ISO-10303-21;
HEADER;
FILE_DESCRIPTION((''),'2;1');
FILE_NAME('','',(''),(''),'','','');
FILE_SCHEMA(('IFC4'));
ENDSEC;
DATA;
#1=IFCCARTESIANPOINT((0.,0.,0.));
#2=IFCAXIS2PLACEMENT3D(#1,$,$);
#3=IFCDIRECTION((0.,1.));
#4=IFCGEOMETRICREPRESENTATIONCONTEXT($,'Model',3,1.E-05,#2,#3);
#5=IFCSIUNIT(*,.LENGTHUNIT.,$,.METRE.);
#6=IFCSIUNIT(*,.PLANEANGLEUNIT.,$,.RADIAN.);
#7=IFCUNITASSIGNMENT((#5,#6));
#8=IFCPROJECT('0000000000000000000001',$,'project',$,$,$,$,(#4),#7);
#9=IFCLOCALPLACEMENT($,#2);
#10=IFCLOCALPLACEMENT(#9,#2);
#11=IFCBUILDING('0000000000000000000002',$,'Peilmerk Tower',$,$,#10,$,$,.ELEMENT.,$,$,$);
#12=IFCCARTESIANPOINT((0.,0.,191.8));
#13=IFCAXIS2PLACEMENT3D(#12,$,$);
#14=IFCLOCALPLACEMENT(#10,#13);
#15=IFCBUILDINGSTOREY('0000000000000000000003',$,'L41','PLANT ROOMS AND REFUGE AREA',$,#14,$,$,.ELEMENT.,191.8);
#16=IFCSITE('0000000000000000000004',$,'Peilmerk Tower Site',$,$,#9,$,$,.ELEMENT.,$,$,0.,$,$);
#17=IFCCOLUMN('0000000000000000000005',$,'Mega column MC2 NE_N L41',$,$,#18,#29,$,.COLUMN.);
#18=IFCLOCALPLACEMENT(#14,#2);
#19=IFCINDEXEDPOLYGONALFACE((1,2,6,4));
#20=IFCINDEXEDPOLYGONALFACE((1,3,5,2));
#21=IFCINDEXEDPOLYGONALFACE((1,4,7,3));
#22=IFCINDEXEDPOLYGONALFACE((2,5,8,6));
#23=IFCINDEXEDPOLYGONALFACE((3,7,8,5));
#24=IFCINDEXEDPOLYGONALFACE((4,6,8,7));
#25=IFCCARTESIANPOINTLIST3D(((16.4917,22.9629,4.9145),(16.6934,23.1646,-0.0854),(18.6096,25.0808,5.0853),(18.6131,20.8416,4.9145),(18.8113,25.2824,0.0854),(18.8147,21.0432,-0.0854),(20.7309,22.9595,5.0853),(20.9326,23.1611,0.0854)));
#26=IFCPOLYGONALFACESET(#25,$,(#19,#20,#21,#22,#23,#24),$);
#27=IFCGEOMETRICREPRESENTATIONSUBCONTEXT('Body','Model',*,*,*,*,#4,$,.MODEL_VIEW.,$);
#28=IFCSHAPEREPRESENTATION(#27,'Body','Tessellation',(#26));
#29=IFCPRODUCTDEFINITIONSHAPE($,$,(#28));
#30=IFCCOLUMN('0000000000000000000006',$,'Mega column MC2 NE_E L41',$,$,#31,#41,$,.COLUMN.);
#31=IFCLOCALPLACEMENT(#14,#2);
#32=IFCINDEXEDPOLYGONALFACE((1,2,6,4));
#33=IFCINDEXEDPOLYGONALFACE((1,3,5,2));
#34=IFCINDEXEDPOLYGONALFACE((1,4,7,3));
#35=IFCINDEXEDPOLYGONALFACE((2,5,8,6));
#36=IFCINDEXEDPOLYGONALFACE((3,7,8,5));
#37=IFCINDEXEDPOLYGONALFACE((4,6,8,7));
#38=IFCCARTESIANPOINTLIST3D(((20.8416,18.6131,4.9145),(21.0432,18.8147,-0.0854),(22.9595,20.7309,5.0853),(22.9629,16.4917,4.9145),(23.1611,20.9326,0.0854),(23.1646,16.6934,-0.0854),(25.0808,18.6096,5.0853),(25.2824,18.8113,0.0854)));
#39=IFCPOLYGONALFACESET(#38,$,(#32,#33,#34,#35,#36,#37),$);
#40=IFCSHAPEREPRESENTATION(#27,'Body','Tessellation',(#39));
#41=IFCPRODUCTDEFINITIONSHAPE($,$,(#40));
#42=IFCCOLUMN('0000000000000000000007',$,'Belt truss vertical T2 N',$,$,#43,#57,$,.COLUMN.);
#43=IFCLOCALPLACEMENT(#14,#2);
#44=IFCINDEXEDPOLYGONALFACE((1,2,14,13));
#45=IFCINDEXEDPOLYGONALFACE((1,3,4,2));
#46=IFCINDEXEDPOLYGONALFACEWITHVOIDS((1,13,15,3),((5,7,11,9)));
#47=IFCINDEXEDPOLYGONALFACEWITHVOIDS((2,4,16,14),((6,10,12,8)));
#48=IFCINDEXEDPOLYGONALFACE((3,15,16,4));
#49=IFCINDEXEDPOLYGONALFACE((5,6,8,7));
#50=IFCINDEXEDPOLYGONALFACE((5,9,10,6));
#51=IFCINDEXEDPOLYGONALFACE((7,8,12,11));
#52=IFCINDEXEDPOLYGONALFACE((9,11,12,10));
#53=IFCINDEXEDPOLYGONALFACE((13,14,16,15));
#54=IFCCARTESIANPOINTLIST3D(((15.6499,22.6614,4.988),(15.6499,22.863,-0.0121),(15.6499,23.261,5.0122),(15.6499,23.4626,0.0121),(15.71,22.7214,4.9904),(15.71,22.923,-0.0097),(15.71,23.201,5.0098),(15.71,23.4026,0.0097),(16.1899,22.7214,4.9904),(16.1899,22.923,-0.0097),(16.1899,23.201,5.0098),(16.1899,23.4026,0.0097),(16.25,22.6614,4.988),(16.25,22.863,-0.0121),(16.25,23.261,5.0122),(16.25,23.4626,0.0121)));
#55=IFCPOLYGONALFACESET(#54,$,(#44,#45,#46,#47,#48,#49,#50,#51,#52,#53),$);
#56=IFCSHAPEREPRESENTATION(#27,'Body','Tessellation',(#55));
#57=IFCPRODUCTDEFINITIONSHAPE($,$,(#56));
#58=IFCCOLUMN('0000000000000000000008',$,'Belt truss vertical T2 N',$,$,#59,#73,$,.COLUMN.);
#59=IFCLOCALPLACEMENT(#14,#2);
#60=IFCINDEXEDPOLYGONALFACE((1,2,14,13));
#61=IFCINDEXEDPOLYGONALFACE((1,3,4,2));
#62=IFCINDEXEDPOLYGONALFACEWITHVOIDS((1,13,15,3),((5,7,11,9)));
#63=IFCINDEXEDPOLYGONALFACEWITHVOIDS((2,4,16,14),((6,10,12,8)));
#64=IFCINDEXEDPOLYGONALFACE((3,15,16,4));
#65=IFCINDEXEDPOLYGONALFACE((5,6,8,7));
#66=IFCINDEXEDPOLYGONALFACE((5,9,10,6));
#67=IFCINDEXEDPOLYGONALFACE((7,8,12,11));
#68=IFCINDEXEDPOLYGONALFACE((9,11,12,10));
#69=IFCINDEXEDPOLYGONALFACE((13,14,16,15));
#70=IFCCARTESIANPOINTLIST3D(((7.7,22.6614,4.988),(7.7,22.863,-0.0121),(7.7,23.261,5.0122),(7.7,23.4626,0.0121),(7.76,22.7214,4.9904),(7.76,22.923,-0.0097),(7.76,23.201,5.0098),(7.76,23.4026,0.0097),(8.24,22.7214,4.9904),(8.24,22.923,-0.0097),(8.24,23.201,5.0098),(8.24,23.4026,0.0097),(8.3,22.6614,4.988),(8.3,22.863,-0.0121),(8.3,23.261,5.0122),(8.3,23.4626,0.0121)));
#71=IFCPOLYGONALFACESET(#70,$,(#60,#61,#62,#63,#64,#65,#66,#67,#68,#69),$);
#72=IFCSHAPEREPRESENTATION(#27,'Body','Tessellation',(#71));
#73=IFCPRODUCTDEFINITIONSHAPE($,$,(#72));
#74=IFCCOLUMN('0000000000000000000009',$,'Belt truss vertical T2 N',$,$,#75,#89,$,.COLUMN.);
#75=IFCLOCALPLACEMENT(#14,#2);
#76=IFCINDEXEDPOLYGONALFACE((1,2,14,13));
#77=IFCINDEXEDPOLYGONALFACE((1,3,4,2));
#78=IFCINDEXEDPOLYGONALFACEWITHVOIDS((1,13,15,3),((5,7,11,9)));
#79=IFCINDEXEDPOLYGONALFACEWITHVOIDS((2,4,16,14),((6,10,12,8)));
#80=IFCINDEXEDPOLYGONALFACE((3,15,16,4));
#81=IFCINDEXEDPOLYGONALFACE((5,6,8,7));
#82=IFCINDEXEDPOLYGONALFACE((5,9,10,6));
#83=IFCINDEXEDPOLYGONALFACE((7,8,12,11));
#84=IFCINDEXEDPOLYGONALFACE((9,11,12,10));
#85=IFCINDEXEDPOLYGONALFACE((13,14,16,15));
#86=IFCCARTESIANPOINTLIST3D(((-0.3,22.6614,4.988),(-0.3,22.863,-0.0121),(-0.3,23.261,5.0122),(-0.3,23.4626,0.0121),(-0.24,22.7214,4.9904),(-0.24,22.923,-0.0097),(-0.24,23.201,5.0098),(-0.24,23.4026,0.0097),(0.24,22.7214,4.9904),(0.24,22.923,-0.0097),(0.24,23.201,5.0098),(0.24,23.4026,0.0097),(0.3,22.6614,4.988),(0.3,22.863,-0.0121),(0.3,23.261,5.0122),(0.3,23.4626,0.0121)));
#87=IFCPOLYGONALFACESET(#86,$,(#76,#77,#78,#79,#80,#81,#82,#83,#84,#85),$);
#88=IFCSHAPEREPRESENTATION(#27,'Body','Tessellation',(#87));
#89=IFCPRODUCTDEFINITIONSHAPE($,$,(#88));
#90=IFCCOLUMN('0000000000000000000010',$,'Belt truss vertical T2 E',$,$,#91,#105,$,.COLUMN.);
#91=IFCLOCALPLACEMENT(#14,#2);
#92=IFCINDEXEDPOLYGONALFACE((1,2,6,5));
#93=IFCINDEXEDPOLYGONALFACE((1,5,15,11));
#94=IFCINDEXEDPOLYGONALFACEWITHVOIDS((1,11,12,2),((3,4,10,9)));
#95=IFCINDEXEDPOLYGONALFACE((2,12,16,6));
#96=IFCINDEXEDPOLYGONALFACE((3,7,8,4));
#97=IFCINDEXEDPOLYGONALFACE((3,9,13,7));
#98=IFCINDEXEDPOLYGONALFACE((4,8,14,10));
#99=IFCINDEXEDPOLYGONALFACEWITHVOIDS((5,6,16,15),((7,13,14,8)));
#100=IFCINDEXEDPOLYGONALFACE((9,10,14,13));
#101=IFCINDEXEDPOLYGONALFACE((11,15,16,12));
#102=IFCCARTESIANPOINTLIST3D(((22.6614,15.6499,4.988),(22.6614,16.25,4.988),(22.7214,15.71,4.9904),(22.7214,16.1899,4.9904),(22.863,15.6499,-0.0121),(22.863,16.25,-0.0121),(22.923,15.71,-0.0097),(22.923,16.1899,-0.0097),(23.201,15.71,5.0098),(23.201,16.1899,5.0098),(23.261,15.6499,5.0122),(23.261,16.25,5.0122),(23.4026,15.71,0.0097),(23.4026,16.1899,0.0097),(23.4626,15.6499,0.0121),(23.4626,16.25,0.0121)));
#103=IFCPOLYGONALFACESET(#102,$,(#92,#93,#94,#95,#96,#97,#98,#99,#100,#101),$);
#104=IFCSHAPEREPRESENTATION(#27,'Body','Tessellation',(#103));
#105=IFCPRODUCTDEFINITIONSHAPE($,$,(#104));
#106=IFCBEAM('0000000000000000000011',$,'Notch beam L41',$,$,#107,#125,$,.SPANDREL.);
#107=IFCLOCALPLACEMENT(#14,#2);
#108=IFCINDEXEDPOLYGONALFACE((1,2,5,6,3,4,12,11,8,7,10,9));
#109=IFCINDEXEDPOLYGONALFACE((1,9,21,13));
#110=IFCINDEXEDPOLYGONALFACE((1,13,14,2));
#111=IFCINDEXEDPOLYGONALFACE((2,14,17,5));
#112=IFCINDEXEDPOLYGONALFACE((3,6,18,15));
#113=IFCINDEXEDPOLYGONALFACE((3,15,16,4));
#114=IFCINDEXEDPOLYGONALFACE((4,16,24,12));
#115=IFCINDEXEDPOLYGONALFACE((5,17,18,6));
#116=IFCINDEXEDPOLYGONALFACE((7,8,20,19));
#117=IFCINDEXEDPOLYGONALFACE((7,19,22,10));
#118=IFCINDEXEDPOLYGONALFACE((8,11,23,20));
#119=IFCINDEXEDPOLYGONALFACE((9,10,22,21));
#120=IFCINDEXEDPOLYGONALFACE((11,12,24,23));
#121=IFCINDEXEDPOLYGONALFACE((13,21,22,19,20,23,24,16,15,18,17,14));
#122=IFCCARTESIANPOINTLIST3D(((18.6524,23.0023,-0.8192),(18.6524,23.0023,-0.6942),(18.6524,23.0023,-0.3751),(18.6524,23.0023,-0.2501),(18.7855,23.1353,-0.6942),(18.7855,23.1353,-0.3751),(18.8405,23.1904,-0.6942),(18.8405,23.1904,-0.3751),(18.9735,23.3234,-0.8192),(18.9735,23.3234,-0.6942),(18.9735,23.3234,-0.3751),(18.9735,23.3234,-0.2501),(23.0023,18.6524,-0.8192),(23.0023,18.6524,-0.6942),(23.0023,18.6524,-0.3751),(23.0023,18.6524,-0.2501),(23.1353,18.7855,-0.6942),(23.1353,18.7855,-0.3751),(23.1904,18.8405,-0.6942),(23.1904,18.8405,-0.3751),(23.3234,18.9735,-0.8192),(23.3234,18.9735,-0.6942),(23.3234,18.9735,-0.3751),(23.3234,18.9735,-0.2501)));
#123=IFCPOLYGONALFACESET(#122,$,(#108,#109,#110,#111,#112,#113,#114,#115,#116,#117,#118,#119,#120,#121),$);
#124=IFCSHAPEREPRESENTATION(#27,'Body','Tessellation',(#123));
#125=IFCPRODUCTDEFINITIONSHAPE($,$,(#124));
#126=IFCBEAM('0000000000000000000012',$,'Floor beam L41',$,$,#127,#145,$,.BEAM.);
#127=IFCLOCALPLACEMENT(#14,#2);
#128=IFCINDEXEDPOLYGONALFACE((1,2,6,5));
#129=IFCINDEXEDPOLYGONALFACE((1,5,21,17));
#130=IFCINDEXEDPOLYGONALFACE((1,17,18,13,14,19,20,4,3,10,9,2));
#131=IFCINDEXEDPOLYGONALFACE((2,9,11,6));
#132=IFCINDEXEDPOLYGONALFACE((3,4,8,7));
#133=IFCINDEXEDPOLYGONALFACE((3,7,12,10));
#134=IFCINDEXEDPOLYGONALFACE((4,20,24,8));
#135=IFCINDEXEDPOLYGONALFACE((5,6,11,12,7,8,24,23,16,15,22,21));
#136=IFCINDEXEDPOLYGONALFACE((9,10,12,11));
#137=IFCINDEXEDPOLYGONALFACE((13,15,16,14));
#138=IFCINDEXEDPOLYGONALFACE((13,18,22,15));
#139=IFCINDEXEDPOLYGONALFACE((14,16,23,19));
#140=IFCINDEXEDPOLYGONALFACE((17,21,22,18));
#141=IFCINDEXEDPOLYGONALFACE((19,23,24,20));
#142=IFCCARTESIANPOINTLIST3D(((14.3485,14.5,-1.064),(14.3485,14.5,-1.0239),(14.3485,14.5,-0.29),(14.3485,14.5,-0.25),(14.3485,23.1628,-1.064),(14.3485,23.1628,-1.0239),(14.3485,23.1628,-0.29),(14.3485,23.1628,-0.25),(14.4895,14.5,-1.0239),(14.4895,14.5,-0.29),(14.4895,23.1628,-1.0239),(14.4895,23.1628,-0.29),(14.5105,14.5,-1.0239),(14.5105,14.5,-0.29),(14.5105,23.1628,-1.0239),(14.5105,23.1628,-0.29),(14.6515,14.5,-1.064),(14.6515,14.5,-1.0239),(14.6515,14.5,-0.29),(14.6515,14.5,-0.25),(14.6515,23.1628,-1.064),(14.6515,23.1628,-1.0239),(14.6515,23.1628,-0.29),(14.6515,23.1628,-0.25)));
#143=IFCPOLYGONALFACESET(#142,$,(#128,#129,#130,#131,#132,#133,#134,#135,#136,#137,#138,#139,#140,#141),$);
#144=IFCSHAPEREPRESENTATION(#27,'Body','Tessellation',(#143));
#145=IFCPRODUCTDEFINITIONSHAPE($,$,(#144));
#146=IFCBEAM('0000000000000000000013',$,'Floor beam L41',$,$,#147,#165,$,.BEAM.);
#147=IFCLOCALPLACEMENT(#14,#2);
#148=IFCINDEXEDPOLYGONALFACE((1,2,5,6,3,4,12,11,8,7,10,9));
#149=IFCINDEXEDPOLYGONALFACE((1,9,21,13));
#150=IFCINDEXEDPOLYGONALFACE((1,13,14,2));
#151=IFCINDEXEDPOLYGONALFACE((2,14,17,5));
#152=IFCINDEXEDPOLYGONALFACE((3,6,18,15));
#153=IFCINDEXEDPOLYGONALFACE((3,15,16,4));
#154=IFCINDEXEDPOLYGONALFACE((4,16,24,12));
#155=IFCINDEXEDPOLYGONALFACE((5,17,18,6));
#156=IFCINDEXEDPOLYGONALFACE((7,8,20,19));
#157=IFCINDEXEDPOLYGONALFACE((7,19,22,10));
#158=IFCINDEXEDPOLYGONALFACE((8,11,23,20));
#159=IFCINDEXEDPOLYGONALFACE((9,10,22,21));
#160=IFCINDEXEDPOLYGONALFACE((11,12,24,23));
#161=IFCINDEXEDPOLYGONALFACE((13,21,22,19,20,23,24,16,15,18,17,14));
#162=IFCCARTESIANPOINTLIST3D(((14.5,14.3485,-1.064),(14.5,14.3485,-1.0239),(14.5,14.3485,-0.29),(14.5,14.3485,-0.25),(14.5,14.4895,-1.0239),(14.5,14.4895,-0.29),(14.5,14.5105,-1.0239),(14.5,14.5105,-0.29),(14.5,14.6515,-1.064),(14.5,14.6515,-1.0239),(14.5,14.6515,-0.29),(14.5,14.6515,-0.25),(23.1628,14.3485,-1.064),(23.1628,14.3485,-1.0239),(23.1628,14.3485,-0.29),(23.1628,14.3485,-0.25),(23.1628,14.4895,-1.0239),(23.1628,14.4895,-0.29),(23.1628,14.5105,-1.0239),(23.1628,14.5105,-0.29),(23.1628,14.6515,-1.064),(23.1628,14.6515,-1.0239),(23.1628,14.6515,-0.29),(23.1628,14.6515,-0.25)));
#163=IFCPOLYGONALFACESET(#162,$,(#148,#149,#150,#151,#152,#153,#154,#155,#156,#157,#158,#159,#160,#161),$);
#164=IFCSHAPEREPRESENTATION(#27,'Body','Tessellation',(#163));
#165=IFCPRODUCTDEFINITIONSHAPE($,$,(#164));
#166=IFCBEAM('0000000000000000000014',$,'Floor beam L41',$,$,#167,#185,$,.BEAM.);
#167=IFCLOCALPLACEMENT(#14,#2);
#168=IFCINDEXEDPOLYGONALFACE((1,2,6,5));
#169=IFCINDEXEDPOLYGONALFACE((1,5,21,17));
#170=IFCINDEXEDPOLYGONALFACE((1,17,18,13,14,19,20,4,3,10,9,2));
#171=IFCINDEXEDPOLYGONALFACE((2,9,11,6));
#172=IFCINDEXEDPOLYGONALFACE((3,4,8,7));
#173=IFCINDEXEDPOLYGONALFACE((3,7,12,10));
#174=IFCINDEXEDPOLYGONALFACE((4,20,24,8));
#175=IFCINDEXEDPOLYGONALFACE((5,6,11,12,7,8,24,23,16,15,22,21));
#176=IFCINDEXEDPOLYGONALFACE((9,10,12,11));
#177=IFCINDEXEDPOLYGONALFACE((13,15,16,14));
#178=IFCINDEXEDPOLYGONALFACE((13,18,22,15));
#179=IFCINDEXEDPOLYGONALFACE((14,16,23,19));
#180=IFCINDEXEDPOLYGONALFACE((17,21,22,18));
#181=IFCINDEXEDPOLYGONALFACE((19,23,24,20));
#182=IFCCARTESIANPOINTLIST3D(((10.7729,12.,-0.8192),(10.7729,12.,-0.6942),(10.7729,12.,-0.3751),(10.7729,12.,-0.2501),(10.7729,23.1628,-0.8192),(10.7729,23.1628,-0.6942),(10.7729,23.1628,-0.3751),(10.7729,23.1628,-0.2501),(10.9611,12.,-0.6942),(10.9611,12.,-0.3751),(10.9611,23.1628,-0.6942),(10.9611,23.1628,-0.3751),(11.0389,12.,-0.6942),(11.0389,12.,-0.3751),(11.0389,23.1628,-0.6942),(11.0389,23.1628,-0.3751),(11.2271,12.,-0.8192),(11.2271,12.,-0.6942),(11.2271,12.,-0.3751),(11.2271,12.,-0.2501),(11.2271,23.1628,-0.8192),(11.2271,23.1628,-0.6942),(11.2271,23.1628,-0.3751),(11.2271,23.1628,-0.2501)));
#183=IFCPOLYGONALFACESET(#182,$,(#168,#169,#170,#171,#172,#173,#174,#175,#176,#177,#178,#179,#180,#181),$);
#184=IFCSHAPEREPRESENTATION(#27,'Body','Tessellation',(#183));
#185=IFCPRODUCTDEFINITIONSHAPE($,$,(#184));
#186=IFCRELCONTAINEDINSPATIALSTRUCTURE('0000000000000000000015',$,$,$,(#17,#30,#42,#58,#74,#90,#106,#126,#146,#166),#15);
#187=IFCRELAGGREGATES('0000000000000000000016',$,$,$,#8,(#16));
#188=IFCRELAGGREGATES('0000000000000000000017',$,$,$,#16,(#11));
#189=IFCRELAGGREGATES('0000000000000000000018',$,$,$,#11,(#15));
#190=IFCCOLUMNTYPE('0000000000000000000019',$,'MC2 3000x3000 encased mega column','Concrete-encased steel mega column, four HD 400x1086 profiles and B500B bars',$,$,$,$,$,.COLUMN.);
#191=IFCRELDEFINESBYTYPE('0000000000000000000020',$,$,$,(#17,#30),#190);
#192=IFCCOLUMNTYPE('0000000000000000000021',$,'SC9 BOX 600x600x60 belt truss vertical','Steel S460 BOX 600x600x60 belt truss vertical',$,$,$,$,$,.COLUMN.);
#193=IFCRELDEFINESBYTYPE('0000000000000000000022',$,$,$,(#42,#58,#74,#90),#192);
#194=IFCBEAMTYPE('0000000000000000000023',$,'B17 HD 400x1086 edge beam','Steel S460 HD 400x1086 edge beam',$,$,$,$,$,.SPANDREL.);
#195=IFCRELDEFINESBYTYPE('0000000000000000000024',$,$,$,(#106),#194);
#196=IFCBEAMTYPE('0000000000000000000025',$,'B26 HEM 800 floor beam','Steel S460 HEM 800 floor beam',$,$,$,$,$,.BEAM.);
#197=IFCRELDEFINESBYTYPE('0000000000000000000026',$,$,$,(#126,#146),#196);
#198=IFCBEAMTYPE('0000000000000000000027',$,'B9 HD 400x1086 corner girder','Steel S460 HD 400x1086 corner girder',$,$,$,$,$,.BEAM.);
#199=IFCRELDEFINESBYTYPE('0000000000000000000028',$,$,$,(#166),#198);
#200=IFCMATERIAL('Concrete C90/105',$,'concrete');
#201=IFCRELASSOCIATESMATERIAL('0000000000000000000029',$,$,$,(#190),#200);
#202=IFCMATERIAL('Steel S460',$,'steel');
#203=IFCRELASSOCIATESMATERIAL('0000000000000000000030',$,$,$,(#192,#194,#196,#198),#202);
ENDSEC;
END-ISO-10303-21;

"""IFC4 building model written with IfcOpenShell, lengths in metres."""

from ifc_helpers import new_model, si_unit, direction, frame, origin, origin_2d, place, context, subcontext, project, spatial, rectangle, hollow_rectangle, i_section, extrude, material, material_profile, profile_set, type_object, element, save


model = new_model("IFC4")

# Units and contexts
model_context = context("Model", 3, precision=1e-05, world=origin(), true_north=direction((0.0, 1.0)))
body_context = subcontext(model_context, "Body", "Model", "MODEL_VIEW")
ifc_project = project(units=[si_unit("LENGTHUNIT", "METRE"), si_unit("PLANEANGLEUNIT", "RADIAN")], contexts=[model_context])

# Site, building, storey
site_placement = place(None, origin())
site = spatial("IfcSite", under=ifc_project, at=site_placement, Name="Peilmerk Tower Site", CompositionType="ELEMENT", RefElevation=0.0)
building_placement = place(site_placement, origin())
building = spatial("IfcBuilding", under=site, at=building_placement, Name="Peilmerk Tower", CompositionType="ELEMENT")
storey_placement = place(building_placement, frame((0.0, 0.0, 191.8)))
storey = spatial("IfcBuildingStorey", under=building, at=storey_placement, Name="L41", Description="PLANT ROOMS AND REFUGE AREA", CompositionType="ELEMENT", Elevation=191.8)

# Columns
ifc_material_1 = material(Name="Concrete C90/105", Category="concrete")
ifc_material_profile_1 = material_profile(ifc_material_1, rectangle(XDim=3.0, YDim=3.0, at=origin_2d()), Name="RC 3000x3000")
ifc_profile_set_1 = profile_set([ifc_material_profile_1], Name="Concrete C90/105")
column_type_1 = type_object("IfcColumnType", Name="MC2 3000x3000 encased mega column", Description="Concrete-encased steel mega column, four HD 400x1086 profiles and B500B bars", PredefinedType="COLUMN", material=ifc_profile_set_1)
for number, where, z_axis, x_axis, name in (
    (1, (18.813, 23.1628, 0.0), (-0.040267, -0.040267, 0.998377), (0.707107, -0.707107, 0.0), "Mega column MC2 NE_N L41"),
    (2, (23.1628, 18.813, 0.0), (-0.040267, -0.040267, 0.998377), (0.707107, -0.707107, 0.0), "Mega column MC2 NE_E L41"),
):
    element("IfcColumn", number, at=place(storey_placement, frame(where, z_axis=z_axis, x_axis=x_axis)), inside=storey, type_object=column_type_1, Name=name, PredefinedType="COLUMN", context=body_context, shape_type="SweptSolid", body=[
        extrude(rectangle(XDim=3.0, YDim=3.0, at=origin_2d()), origin(), (0.0, 0.0, 1.0), 5.0081),
    ])
ifc_material_2 = material(Name="Steel S460", Category="steel")
ifc_material_profile_2 = material_profile(ifc_material_2, hollow_rectangle(XDim=0.6001, YDim=0.6001, WallThickness=0.0601, at=origin_2d()), Name="BOX 600x600x60")
ifc_profile_set_2 = profile_set([ifc_material_profile_2], Name="Steel S460")
column_type_2 = type_object("IfcColumnType", Name="SC9 BOX 600x600x60 belt truss vertical", Description="Steel S460 BOX 600x600x60 belt truss vertical", PredefinedType="COLUMN", material=ifc_profile_set_2)
for number, where, z_axis, x_axis, name in (
    (3, (15.95, 23.1628, 0.0), (0.0, -0.040299, 0.999188), (1.0, 0.0, 0.0), "Belt truss vertical T2 N"),
    (4, (8.0, 23.1628, 0.0), (0.0, -0.040299, 0.999188), (1.0, 0.0, 0.0), "Belt truss vertical T2 N"),
    (5, (0.0, 23.1628, 0.0), (0.0, -0.040299, 0.999188), (1.0, 0.0, 0.0), "Belt truss vertical T2 N"),
    (6, (23.1628, 15.95, 0.0), (-0.040299, 0.0, 0.999188), (0.0, -1.0, 0.0), "Belt truss vertical T2 E"),
):
    element("IfcColumn", number, at=place(storey_placement, frame(where, z_axis=z_axis, x_axis=x_axis)), inside=storey, type_object=column_type_2, Name=name, PredefinedType="COLUMN", context=body_context, shape_type="SweptSolid", body=[
        extrude(hollow_rectangle(XDim=0.6001, YDim=0.6001, WallThickness=0.0601, at=origin_2d()), origin(), (0.0, 0.0, 1.0), 5.0042),
    ])

# Beams
ifc_material_profile_3 = material_profile(ifc_material_2, i_section(OverallWidth=0.4541, OverallDepth=0.5691, WebThickness=0.0779, FlangeThickness=0.125, at=origin_2d()), Name="HD 400x1086")
ifc_profile_set_3 = profile_set([ifc_material_profile_3], Name="Steel S460")
beam_type_1 = type_object("IfcBeamType", Name="B17 HD 400x1086 edge beam", Description="Steel S460 HD 400x1086 edge beam", PredefinedType="SPANDREL", material=ifc_profile_set_3)
beam_placement = place(storey_placement, frame((18.813, 23.1628, -0.5347), z_axis=(0.707107, -0.707107, 0.0), x_axis=(0.707107, 0.707107, 0.0)))
element("IfcBeam", 7, at=beam_placement, inside=storey, type_object=beam_type_1, Name="Notch beam L41", PredefinedType="SPANDREL", context=body_context, shape_type="SweptSolid", body=[
    extrude(i_section(OverallWidth=0.4541, OverallDepth=0.5691, WebThickness=0.0779, FlangeThickness=0.125, at=origin_2d()), origin(), (0.0, 0.0, 1.0), 6.1516),
])
ifc_material_profile_4 = material_profile(ifc_material_2, i_section(OverallWidth=0.303, OverallDepth=0.814, WebThickness=0.021, FlangeThickness=0.04, at=origin_2d()), Name="HEM 800")
ifc_profile_set_4 = profile_set([ifc_material_profile_4], Name="Steel S460")
beam_type_2 = type_object("IfcBeamType", Name="B26 HEM 800 floor beam", Description="Steel S460 HEM 800 floor beam", PredefinedType="BEAM", material=ifc_profile_set_4)
for number, where, z_axis, x_axis, name in (
    (8, (14.5, 14.5, -0.657), (0.0, 1.0, 0.0), (-1.0, 0.0, 0.0), "Floor beam L41"),
    (9, (14.5, 14.5, -0.657), (1.0, 0.0, 0.0), (0.0, 1.0, 0.0), "Floor beam L41"),
):
    element("IfcBeam", number, at=place(storey_placement, frame(where, z_axis=z_axis, x_axis=x_axis)), inside=storey, type_object=beam_type_2, Name=name, PredefinedType="BEAM", context=body_context, shape_type="SweptSolid", body=[
        extrude(i_section(OverallWidth=0.303, OverallDepth=0.814, WebThickness=0.021, FlangeThickness=0.04, at=origin_2d()), origin(), (0.0, 0.0, 1.0), 8.6628),
    ])
ifc_material_profile_5 = material_profile(ifc_material_2, i_section(OverallWidth=0.4541, OverallDepth=0.5691, WebThickness=0.0779, FlangeThickness=0.125, at=origin_2d()), Name="HD 400x1086")
ifc_profile_set_5 = profile_set([ifc_material_profile_5], Name="Steel S460")
beam_type_3 = type_object("IfcBeamType", Name="B9 HD 400x1086 corner girder", Description="Steel S460 HD 400x1086 corner girder", PredefinedType="BEAM", material=ifc_profile_set_5)
for number, where, z_axis, x_axis, name in (
    (10, (11.0, 12.0, -0.5347), (0.0, 1.0, 0.0), (-1.0, 0.0, 0.0), "Floor beam L41"),
):
    element("IfcBeam", number, at=place(storey_placement, frame(where, z_axis=z_axis, x_axis=x_axis)), inside=storey, type_object=beam_type_3, Name=name, PredefinedType="BEAM", context=body_context, shape_type="SweptSolid", body=[
        extrude(i_section(OverallWidth=0.4541, OverallDepth=0.5691, WebThickness=0.0779, FlangeThickness=0.125, at=origin_2d()), origin(), (0.0, 0.0, 1.0), 11.1628),
    ])

save(model, "model.ifc")
